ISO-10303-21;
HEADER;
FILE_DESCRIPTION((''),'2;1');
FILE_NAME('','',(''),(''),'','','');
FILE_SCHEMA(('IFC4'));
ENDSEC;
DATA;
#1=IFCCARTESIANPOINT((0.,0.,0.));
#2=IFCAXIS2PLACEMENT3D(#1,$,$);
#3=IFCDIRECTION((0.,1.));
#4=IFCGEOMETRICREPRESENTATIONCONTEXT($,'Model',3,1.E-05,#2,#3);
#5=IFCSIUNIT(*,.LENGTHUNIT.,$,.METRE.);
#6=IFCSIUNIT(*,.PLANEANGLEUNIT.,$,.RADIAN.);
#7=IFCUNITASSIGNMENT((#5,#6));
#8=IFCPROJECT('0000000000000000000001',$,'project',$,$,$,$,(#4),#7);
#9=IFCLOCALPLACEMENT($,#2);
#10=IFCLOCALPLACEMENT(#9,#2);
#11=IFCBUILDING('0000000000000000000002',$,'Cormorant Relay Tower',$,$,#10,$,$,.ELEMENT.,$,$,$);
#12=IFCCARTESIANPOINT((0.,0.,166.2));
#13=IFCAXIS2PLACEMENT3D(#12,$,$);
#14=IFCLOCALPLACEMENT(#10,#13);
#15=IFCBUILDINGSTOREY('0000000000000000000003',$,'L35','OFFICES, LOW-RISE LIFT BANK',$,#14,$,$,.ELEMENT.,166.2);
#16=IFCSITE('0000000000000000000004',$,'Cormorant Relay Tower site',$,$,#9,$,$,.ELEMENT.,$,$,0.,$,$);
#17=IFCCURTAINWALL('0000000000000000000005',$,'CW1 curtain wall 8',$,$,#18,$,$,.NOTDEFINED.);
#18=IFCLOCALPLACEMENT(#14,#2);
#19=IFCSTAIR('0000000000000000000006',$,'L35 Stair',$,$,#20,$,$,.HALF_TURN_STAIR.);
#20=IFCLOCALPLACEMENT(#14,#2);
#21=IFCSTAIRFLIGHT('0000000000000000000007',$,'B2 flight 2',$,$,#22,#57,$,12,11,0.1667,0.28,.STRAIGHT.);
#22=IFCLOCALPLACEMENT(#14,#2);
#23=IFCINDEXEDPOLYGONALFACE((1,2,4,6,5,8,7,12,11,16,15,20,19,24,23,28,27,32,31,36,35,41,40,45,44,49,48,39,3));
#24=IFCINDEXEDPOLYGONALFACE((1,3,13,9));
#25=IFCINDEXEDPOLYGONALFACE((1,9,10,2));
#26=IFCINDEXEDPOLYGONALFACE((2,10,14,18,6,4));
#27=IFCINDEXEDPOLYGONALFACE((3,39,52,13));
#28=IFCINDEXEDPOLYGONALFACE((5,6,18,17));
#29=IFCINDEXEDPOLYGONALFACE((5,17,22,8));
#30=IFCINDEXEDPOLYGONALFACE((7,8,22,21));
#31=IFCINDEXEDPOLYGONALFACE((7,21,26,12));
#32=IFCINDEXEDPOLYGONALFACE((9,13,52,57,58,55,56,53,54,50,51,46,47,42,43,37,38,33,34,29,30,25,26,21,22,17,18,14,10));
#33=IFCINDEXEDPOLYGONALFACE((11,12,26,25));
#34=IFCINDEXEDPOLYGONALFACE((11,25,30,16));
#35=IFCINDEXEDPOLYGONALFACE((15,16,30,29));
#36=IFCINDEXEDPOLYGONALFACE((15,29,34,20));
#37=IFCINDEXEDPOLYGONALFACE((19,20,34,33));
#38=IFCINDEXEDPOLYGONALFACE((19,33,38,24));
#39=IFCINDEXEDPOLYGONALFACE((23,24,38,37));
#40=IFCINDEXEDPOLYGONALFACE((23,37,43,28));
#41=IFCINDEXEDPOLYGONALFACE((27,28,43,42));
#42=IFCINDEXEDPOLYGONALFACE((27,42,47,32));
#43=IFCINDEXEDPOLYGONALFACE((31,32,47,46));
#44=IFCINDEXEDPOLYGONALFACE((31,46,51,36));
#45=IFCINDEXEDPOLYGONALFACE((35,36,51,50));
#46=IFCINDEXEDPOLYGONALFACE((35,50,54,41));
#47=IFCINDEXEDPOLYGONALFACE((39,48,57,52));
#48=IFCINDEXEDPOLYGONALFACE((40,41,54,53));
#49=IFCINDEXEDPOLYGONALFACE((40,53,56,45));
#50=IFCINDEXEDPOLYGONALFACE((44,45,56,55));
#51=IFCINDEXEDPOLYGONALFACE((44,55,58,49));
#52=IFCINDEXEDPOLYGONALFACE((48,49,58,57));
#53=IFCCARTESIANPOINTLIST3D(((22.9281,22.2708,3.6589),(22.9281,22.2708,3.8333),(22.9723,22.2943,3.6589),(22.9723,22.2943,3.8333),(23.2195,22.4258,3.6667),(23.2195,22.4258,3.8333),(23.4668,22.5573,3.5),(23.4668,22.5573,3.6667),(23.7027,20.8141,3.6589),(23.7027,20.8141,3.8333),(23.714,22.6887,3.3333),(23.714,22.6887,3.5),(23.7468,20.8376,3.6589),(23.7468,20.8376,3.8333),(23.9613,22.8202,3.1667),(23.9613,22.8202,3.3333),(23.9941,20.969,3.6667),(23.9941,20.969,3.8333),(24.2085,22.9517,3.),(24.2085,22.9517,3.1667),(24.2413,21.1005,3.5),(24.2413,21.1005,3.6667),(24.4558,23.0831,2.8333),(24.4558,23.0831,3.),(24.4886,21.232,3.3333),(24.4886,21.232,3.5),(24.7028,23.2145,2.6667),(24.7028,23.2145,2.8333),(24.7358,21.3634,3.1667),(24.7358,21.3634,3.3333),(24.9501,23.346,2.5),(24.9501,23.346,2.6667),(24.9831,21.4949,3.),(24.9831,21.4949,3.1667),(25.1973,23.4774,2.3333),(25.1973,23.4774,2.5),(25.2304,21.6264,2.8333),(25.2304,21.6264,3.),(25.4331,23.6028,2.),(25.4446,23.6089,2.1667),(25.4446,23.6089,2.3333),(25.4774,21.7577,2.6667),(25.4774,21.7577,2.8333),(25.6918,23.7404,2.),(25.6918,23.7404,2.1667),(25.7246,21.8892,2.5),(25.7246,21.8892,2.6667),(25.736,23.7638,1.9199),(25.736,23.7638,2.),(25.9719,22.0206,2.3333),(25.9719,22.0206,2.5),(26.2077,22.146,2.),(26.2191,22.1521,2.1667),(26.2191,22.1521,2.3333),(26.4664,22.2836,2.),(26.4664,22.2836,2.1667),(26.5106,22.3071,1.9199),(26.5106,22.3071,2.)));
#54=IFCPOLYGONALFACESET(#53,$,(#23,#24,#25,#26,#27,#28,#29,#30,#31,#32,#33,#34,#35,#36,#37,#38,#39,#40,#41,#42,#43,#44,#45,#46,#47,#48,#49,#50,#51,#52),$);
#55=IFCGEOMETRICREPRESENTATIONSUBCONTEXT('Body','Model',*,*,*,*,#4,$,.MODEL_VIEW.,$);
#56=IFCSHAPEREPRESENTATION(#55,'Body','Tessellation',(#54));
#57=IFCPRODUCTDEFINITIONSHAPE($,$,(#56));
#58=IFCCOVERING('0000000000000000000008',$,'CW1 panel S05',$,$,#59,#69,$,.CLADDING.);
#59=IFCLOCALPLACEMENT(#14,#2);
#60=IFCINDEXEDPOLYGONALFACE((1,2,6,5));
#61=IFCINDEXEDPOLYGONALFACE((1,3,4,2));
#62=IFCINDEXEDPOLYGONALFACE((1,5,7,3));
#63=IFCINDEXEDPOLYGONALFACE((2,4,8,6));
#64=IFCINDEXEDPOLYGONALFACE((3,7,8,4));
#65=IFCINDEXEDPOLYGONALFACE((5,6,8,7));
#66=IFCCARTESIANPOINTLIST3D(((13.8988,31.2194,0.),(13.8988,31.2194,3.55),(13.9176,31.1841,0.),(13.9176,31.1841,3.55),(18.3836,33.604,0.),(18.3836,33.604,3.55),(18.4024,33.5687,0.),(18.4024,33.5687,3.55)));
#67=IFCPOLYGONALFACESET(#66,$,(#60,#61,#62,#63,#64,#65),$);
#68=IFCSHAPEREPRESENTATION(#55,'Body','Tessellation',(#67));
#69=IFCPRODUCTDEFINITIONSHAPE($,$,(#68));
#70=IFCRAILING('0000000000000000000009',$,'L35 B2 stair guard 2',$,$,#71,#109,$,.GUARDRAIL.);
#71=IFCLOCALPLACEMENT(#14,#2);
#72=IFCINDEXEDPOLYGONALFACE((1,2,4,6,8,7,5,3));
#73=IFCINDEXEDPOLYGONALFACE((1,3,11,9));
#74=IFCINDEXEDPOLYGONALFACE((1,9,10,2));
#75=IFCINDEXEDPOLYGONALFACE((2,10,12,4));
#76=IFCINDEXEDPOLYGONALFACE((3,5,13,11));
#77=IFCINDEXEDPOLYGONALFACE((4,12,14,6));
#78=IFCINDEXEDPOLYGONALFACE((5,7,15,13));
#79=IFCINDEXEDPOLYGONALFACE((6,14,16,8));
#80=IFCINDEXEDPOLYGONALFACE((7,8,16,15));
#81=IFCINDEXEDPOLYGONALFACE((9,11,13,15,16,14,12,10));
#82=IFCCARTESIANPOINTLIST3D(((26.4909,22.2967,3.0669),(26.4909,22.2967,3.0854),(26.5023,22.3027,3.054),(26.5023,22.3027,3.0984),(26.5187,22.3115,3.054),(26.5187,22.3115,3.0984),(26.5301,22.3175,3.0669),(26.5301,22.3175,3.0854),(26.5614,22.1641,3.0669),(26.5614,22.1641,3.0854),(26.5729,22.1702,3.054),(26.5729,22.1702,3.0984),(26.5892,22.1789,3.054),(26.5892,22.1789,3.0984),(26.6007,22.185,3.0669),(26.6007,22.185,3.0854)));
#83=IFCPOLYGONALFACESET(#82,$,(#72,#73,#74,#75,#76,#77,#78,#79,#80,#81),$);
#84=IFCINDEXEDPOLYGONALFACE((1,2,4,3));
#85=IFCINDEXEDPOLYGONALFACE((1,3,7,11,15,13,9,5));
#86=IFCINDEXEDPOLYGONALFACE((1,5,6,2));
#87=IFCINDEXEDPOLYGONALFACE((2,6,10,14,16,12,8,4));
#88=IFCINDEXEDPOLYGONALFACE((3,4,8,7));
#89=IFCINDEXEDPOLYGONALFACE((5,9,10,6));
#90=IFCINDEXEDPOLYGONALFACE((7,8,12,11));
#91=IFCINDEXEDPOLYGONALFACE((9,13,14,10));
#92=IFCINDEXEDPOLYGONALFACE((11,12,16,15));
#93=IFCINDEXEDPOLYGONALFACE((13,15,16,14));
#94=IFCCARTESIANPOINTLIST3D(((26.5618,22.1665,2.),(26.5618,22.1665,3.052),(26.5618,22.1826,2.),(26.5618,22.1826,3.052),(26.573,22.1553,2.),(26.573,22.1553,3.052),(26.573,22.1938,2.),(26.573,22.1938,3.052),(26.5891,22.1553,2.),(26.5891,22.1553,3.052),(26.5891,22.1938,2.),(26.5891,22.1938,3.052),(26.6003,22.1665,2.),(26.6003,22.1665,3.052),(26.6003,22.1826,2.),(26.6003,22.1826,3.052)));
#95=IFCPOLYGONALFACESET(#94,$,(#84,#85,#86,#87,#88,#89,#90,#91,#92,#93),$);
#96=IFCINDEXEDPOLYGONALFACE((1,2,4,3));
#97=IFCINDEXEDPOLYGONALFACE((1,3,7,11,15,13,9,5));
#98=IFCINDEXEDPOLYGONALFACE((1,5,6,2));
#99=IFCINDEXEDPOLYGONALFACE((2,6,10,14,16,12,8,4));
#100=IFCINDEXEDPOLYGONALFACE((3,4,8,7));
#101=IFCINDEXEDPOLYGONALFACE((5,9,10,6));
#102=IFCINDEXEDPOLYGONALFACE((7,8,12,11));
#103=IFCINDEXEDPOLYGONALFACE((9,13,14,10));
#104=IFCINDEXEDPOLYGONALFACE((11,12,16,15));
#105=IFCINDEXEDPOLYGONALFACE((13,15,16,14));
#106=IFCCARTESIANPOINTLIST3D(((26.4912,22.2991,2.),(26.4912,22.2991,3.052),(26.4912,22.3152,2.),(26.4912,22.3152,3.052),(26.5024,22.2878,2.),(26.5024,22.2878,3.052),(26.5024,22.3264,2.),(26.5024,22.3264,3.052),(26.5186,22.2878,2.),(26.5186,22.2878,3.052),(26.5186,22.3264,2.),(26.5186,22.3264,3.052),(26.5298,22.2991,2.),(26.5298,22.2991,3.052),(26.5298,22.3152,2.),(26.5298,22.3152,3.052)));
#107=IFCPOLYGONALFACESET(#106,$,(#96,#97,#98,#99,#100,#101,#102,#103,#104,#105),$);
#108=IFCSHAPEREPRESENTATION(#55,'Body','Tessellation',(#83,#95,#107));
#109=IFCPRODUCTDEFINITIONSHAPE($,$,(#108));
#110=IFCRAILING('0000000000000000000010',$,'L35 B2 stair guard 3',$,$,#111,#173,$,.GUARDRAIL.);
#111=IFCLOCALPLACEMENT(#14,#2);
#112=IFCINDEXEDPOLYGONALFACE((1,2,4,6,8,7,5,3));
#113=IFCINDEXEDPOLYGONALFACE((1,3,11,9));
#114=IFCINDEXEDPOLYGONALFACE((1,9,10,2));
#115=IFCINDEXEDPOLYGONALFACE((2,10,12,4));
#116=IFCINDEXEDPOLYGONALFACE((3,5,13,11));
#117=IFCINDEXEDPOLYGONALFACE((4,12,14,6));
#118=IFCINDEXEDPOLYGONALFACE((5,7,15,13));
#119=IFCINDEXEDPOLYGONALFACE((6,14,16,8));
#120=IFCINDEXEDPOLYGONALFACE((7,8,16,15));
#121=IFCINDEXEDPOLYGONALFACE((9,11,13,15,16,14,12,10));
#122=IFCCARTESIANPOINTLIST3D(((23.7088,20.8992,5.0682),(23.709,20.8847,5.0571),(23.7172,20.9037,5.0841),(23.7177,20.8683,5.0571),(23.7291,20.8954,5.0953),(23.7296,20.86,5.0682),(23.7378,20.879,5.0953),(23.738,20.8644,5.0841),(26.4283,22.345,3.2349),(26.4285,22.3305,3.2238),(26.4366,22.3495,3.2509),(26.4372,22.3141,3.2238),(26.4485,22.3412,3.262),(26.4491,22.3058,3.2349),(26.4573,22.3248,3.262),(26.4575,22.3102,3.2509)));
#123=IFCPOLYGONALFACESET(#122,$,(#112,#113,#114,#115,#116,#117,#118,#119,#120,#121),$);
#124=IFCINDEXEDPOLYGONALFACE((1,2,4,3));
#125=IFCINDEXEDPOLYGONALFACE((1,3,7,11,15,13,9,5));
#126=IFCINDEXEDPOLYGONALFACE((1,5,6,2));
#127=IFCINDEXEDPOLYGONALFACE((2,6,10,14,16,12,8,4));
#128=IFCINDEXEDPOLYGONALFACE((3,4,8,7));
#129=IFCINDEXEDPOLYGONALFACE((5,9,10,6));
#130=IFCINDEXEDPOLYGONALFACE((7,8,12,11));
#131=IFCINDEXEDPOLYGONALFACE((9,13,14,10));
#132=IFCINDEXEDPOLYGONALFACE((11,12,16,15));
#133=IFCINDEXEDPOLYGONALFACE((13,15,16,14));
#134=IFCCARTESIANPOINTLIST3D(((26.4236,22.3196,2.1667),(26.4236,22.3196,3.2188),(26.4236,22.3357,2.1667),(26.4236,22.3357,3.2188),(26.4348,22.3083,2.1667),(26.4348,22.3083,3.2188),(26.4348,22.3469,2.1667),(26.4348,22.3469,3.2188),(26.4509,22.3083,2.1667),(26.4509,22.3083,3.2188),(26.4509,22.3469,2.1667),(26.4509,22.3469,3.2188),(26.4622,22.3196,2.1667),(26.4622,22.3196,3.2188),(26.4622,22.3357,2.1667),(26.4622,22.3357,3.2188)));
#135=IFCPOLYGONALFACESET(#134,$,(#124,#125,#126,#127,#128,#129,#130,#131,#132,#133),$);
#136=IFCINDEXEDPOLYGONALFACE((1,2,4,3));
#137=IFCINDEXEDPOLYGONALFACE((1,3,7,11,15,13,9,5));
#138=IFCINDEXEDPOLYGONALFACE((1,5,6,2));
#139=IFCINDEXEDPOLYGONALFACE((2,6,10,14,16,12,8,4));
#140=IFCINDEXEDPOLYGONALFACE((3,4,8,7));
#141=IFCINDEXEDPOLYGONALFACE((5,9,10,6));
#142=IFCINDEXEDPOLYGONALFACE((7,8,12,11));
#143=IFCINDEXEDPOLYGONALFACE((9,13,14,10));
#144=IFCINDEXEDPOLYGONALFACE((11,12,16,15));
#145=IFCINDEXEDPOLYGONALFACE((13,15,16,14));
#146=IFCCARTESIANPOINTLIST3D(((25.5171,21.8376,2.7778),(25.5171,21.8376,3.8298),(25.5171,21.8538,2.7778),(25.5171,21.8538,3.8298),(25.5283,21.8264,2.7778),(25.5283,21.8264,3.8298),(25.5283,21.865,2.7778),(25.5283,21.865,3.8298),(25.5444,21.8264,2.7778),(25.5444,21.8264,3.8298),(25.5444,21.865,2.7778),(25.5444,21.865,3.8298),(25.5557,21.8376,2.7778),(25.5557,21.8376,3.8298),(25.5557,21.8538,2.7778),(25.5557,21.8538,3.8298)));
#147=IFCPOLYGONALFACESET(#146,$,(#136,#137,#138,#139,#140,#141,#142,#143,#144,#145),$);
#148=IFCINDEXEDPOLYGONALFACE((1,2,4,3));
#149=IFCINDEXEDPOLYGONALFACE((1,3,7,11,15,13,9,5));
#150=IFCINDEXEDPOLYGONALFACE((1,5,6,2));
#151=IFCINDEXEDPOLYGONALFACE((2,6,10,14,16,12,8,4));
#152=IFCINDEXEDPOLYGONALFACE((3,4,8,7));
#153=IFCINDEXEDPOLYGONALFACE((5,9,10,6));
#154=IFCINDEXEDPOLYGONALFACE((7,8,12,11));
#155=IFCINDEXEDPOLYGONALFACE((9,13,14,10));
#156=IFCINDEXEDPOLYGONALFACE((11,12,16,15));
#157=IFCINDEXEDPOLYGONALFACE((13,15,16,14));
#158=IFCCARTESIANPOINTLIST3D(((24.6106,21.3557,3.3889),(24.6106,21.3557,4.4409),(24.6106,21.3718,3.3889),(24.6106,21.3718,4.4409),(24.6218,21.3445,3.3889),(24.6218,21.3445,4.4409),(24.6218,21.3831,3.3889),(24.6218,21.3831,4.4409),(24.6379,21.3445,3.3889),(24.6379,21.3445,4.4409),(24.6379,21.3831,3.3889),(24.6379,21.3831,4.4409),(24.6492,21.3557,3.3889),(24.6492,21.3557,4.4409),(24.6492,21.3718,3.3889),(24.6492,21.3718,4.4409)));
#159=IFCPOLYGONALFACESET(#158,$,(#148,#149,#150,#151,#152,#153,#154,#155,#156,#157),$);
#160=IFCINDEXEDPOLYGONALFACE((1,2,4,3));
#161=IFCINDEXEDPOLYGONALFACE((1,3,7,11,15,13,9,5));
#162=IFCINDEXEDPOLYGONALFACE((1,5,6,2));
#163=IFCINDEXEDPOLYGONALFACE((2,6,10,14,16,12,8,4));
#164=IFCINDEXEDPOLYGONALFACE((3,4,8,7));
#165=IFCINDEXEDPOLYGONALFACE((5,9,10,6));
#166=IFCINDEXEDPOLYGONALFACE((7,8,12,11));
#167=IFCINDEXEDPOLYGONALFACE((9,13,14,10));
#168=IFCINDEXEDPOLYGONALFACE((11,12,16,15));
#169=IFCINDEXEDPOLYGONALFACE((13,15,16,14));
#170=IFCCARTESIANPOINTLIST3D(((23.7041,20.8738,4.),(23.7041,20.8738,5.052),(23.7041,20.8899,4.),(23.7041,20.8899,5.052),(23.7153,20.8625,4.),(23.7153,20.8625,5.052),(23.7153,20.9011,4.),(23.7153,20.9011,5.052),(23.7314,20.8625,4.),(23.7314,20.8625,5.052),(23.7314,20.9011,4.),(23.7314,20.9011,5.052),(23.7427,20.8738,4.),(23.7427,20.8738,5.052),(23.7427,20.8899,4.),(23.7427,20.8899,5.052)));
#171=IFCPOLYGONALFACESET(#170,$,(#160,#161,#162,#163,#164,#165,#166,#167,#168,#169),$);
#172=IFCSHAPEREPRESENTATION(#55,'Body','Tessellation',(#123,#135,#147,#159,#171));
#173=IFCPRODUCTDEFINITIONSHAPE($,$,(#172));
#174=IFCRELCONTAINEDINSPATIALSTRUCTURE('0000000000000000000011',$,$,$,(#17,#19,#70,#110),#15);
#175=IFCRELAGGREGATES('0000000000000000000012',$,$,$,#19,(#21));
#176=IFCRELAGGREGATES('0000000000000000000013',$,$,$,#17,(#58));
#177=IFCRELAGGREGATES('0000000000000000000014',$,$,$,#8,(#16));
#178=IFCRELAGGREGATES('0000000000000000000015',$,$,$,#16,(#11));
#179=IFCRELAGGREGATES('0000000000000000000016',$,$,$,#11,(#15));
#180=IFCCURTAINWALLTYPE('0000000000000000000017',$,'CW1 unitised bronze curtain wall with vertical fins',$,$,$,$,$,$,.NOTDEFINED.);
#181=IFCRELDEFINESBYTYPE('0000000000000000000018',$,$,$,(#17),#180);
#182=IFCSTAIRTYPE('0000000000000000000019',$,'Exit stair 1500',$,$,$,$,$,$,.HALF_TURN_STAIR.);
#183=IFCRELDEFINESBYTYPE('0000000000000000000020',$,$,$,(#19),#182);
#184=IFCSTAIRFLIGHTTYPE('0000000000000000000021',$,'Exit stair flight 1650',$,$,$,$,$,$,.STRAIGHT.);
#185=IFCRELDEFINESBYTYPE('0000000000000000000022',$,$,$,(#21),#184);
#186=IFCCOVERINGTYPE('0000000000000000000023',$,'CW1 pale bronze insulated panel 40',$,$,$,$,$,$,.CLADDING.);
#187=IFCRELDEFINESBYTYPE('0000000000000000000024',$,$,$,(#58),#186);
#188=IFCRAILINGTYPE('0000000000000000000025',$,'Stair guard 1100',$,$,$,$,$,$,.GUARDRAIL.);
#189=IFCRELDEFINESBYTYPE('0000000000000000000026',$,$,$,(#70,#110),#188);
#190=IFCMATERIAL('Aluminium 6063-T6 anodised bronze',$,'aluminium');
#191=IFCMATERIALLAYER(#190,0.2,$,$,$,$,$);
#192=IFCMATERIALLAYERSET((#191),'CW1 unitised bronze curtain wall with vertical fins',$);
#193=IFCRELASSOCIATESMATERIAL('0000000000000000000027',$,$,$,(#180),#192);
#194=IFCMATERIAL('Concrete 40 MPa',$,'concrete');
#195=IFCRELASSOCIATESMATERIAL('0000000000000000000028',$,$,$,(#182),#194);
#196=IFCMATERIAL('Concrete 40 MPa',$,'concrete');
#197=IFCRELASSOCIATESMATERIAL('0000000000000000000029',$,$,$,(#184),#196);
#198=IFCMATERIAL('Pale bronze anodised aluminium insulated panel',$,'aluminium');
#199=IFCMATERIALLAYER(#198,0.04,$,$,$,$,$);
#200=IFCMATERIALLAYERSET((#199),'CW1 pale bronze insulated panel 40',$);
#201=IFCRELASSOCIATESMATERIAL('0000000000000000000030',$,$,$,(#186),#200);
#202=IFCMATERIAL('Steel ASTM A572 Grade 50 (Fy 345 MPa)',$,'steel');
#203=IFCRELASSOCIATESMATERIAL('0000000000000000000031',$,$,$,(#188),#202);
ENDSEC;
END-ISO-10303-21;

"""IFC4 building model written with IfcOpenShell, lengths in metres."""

from ifc_helpers import new_model, si_unit, direction, frame, origin, origin_2d, place, context, subcontext, project, spatial, polyline, rectangle, outline, extrude, material, layer, layer_set, type_object, element, aggregate, save


model = new_model("IFC4")

# Units and contexts
model_context = context("Model", 3, precision=1e-05, world=origin(), true_north=direction((0.0, 1.0)))
body_context = subcontext(model_context, "Body", "Model", "MODEL_VIEW")
ifc_project = project(units=[si_unit("LENGTHUNIT", "METRE"), si_unit("PLANEANGLEUNIT", "RADIAN")], contexts=[model_context])

# Site, building, storey
site_placement = place(None, origin())
site = spatial("IfcSite", under=ifc_project, at=site_placement, Name="Cormorant Relay Tower site", CompositionType="ELEMENT", RefElevation=0.0)
building_placement = place(site_placement, origin())
building = spatial("IfcBuilding", under=site, at=building_placement, Name="Cormorant Relay Tower", CompositionType="ELEMENT")
storey_placement = place(building_placement, frame((0.0, 0.0, 166.2)))
storey = spatial("IfcBuildingStorey", under=building, at=storey_placement, Name="L35", Description="OFFICES, LOW-RISE LIFT BANK", CompositionType="ELEMENT", Elevation=166.2)

# Curtain wall
ifc_material_1 = material(Name="Aluminium 6063-T6 anodised bronze", Category="aluminium")
ifc_layer_1 = layer(ifc_material_1, 0.2)
ifc_layer_set_1 = layer_set([ifc_layer_1], Name="CW1 unitised bronze curtain wall with vertical fins")
curtain_wall_type = type_object("IfcCurtainWallType", Name="CW1 unitised bronze curtain wall with vertical fins", PredefinedType="NOTDEFINED", material=ifc_layer_set_1)
curtain_wall_placement = place(storey_placement, origin())
curtain_wall = element("IfcCurtainWall", 1, at=curtain_wall_placement, inside=storey, type_object=curtain_wall_type, Name="CW1 curtain wall 8", PredefinedType="NOTDEFINED")

# Stair, stair flight
ifc_material_2 = material(Name="Concrete 40 MPa", Category="concrete")
stair_type = type_object("IfcStairType", Name="Exit stair 1500", PredefinedType="HALF_TURN_STAIR", material=ifc_material_2)
stair_placement = place(storey_placement, origin())
stair = element("IfcStair", 2, at=stair_placement, inside=storey, type_object=stair_type, Name="L35 Stair", PredefinedType="HALF_TURN_STAIR")
ifc_material_3 = material(Name="Concrete 40 MPa", Category="concrete")
stair_flight_type = type_object("IfcStairFlightType", Name="Exit stair flight 1650", PredefinedType="STRAIGHT", material=ifc_material_3)
stair_flight_placement = place(storey_placement, frame((26.0791, 23.012, 2.0), z_axis=(0.0, 0.0, 1.0), x_axis=(-0.882948, -0.469472, 0.0)))
stair_flight = element("IfcStairFlight", 3, at=stair_flight_placement, type_object=stair_flight_type, Name="B2 flight 2", NumberOfRisers=12, NumberOfTreads=11, PredefinedType="STRAIGHT", RiserHeight=0.1667, TreadLength=0.28, context=body_context, shape_type="SweptSolid", body=[
    extrude(outline(polyline([(-0.05, -0.0801), (-0.05, 0.0), (0.0, 0.0), (0.0, 0.1667), (0.28, 0.1667), (0.28, 0.3333), (0.5601, 0.3333), (0.5601, 0.5), (0.8401, 0.5), (0.8401, 0.6667), (1.1201, 0.6667), (1.1201, 0.8333), (1.3999, 0.8333), (1.3999, 1.0), (1.6799, 1.0), (1.6799, 1.1667), (1.96, 1.1667), (1.96, 1.3333), (2.24, 1.3333), (2.24, 1.5), (2.52, 1.5), (2.52, 1.6667), (2.8, 1.6667), (2.8, 1.8333), (3.0801, 1.8333), (3.1301, 1.8333), (3.1301, 1.6589), (3.0801, 1.6589), (0.293, 0.0), (-0.05, -0.0801)])), frame((0.0, 0.825, 0.0), z_axis=(0.0, -1.0, 0.0), x_axis=(1.0, 0.0, 0.0)), (0.0, 0.0, 1.0), 1.6499),
])
aggregate(stair, [stair_flight])

# Covering
ifc_material_4 = material(Name="Pale bronze anodised aluminium insulated panel", Category="aluminium")
ifc_layer_2 = layer(ifc_material_4, 0.04)
ifc_layer_set_2 = layer_set([ifc_layer_2], Name="CW1 pale bronze insulated panel 40")
covering_type = type_object("IfcCoveringType", Name="CW1 pale bronze insulated panel 40", PredefinedType="CLADDING", material=ifc_layer_set_2)
covering_placement = place(storey_placement, frame((16.1506, 32.394, 0.0), z_axis=(0.0, 0.0, 1.0), x_axis=(-0.882948, -0.469472, 0.0)))
covering = element("IfcCovering", 4, at=covering_placement, type_object=covering_type, Name="CW1 panel S05", PredefinedType="CLADDING", context=body_context, shape_type="SweptSolid", body=[
    extrude(rectangle(XDim=5.0793, YDim=0.04, at=origin_2d()), origin(), (0.0, 0.0, 1.0), 3.55),
])
aggregate(curtain_wall, [covering])

# Railings
ifc_material_5 = material(Name="Steel ASTM A572 Grade 50 (Fy 345 MPa)", Category="steel")
railing_type_1 = type_object("IfcRailingType", Name="Stair guard 1100", PredefinedType="GUARDRAIL", material=ifc_material_5)
railing_1_placement = place(storey_placement, frame((26.5811, 22.1746, 2.0)))
element("IfcRailing", 5, at=railing_1_placement, inside=storey, type_object=railing_type_1, Name="L35 B2 stair guard 2", PredefinedType="GUARDRAIL", context=body_context, shape_type="SweptSolid", body=[
    extrude(outline(polyline([(0.0222, 0.0093), (0.0093, 0.0222), (-0.0093, 0.0222), (-0.0222, 0.0093), (-0.0222, -0.0093), (-0.0093, -0.0222), (0.0093, -0.0222), (0.0222, -0.0093), (0.0222, 0.0093)])), frame((0.0, 0.0, 1.0762), z_axis=(-0.469829, 0.882758, 0.0), x_axis=(-0.882758, -0.469829, 0.0)), (0.0, 0.0, 1.0), 0.1501),
    extrude(outline(polyline([(0.0193, 0.0081), (0.0081, 0.0193), (-0.0081, 0.0193), (-0.0193, 0.0081), (-0.0193, -0.0081), (-0.0081, -0.0193), (0.0081, -0.0193), (0.0193, -0.0081), (0.0193, 0.0081)])), origin(), (0.0, 0.0, 1.0), 1.052),
    extrude(outline(polyline([(0.0193, 0.0081), (0.0081, 0.0193), (-0.0081, 0.0193), (-0.0193, 0.0081), (-0.0193, -0.0081), (-0.0081, -0.0193), (0.0081, -0.0193), (0.0193, -0.0081), (0.0193, 0.0081)])), frame((-0.0706, 0.1326, 0.0)), (0.0, 0.0, 1.0), 1.052),
])
railing_2_placement = place(storey_placement, frame((26.4429, 22.3276, 2.1667)))
element("IfcRailing", 6, at=railing_2_placement, inside=storey, type_object=railing_type_1, Name="L35 B2 stair guard 3", PredefinedType="GUARDRAIL", context=body_context, shape_type="SweptSolid", body=[
    extrude(outline(polyline([(0.0222, 0.0093), (0.0093, 0.0222), (-0.0093, 0.0222), (-0.0222, 0.0093), (-0.0222, -0.0093), (-0.0093, -0.0222), (0.0093, -0.0222), (0.0222, -0.0093), (0.0222, 0.0093)])), frame((0.0, 0.0, 1.0762), z_axis=(-0.758735, -0.403378, 0.511477), x_axis=(0.469428, -0.882971, 0.0)), (0.0, 0.0, 1.0), 3.5842),
    extrude(outline(polyline([(0.0193, 0.0081), (0.0081, 0.0193), (-0.0081, 0.0193), (-0.0193, 0.0081), (-0.0193, -0.0081), (-0.0081, -0.0193), (0.0081, -0.0193), (0.0193, -0.0081), (0.0193, 0.0081)])), origin(), (0.0, 0.0, 1.0), 1.052),
    extrude(outline(polyline([(0.0193, 0.0081), (0.0081, 0.0193), (-0.0081, 0.0193), (-0.0193, 0.0081), (-0.0193, -0.0081), (-0.0081, -0.0193), (0.0081, -0.0193), (0.0193, -0.0081), (0.0193, 0.0081)])), frame((-0.9065, -0.4819, 0.6111)), (0.0, 0.0, 1.0), 1.052),
    extrude(outline(polyline([(0.0193, 0.0081), (0.0081, 0.0193), (-0.0081, 0.0193), (-0.0193, 0.0081), (-0.0193, -0.0081), (-0.0081, -0.0193), (0.0081, -0.0193), (0.0193, -0.0081), (0.0193, 0.0081)])), frame((-1.813, -0.9639, 1.2222)), (0.0, 0.0, 1.0), 1.052),
    extrude(outline(polyline([(0.0193, 0.0081), (0.0081, 0.0193), (-0.0081, 0.0193), (-0.0193, 0.0081), (-0.0193, -0.0081), (-0.0081, -0.0193), (0.0081, -0.0193), (0.0193, -0.0081), (0.0193, 0.0081)])), frame((-2.7195, -1.4458, 1.8333)), (0.0, 0.0, 1.0), 1.052),
])

save(model, "model.ifc")
